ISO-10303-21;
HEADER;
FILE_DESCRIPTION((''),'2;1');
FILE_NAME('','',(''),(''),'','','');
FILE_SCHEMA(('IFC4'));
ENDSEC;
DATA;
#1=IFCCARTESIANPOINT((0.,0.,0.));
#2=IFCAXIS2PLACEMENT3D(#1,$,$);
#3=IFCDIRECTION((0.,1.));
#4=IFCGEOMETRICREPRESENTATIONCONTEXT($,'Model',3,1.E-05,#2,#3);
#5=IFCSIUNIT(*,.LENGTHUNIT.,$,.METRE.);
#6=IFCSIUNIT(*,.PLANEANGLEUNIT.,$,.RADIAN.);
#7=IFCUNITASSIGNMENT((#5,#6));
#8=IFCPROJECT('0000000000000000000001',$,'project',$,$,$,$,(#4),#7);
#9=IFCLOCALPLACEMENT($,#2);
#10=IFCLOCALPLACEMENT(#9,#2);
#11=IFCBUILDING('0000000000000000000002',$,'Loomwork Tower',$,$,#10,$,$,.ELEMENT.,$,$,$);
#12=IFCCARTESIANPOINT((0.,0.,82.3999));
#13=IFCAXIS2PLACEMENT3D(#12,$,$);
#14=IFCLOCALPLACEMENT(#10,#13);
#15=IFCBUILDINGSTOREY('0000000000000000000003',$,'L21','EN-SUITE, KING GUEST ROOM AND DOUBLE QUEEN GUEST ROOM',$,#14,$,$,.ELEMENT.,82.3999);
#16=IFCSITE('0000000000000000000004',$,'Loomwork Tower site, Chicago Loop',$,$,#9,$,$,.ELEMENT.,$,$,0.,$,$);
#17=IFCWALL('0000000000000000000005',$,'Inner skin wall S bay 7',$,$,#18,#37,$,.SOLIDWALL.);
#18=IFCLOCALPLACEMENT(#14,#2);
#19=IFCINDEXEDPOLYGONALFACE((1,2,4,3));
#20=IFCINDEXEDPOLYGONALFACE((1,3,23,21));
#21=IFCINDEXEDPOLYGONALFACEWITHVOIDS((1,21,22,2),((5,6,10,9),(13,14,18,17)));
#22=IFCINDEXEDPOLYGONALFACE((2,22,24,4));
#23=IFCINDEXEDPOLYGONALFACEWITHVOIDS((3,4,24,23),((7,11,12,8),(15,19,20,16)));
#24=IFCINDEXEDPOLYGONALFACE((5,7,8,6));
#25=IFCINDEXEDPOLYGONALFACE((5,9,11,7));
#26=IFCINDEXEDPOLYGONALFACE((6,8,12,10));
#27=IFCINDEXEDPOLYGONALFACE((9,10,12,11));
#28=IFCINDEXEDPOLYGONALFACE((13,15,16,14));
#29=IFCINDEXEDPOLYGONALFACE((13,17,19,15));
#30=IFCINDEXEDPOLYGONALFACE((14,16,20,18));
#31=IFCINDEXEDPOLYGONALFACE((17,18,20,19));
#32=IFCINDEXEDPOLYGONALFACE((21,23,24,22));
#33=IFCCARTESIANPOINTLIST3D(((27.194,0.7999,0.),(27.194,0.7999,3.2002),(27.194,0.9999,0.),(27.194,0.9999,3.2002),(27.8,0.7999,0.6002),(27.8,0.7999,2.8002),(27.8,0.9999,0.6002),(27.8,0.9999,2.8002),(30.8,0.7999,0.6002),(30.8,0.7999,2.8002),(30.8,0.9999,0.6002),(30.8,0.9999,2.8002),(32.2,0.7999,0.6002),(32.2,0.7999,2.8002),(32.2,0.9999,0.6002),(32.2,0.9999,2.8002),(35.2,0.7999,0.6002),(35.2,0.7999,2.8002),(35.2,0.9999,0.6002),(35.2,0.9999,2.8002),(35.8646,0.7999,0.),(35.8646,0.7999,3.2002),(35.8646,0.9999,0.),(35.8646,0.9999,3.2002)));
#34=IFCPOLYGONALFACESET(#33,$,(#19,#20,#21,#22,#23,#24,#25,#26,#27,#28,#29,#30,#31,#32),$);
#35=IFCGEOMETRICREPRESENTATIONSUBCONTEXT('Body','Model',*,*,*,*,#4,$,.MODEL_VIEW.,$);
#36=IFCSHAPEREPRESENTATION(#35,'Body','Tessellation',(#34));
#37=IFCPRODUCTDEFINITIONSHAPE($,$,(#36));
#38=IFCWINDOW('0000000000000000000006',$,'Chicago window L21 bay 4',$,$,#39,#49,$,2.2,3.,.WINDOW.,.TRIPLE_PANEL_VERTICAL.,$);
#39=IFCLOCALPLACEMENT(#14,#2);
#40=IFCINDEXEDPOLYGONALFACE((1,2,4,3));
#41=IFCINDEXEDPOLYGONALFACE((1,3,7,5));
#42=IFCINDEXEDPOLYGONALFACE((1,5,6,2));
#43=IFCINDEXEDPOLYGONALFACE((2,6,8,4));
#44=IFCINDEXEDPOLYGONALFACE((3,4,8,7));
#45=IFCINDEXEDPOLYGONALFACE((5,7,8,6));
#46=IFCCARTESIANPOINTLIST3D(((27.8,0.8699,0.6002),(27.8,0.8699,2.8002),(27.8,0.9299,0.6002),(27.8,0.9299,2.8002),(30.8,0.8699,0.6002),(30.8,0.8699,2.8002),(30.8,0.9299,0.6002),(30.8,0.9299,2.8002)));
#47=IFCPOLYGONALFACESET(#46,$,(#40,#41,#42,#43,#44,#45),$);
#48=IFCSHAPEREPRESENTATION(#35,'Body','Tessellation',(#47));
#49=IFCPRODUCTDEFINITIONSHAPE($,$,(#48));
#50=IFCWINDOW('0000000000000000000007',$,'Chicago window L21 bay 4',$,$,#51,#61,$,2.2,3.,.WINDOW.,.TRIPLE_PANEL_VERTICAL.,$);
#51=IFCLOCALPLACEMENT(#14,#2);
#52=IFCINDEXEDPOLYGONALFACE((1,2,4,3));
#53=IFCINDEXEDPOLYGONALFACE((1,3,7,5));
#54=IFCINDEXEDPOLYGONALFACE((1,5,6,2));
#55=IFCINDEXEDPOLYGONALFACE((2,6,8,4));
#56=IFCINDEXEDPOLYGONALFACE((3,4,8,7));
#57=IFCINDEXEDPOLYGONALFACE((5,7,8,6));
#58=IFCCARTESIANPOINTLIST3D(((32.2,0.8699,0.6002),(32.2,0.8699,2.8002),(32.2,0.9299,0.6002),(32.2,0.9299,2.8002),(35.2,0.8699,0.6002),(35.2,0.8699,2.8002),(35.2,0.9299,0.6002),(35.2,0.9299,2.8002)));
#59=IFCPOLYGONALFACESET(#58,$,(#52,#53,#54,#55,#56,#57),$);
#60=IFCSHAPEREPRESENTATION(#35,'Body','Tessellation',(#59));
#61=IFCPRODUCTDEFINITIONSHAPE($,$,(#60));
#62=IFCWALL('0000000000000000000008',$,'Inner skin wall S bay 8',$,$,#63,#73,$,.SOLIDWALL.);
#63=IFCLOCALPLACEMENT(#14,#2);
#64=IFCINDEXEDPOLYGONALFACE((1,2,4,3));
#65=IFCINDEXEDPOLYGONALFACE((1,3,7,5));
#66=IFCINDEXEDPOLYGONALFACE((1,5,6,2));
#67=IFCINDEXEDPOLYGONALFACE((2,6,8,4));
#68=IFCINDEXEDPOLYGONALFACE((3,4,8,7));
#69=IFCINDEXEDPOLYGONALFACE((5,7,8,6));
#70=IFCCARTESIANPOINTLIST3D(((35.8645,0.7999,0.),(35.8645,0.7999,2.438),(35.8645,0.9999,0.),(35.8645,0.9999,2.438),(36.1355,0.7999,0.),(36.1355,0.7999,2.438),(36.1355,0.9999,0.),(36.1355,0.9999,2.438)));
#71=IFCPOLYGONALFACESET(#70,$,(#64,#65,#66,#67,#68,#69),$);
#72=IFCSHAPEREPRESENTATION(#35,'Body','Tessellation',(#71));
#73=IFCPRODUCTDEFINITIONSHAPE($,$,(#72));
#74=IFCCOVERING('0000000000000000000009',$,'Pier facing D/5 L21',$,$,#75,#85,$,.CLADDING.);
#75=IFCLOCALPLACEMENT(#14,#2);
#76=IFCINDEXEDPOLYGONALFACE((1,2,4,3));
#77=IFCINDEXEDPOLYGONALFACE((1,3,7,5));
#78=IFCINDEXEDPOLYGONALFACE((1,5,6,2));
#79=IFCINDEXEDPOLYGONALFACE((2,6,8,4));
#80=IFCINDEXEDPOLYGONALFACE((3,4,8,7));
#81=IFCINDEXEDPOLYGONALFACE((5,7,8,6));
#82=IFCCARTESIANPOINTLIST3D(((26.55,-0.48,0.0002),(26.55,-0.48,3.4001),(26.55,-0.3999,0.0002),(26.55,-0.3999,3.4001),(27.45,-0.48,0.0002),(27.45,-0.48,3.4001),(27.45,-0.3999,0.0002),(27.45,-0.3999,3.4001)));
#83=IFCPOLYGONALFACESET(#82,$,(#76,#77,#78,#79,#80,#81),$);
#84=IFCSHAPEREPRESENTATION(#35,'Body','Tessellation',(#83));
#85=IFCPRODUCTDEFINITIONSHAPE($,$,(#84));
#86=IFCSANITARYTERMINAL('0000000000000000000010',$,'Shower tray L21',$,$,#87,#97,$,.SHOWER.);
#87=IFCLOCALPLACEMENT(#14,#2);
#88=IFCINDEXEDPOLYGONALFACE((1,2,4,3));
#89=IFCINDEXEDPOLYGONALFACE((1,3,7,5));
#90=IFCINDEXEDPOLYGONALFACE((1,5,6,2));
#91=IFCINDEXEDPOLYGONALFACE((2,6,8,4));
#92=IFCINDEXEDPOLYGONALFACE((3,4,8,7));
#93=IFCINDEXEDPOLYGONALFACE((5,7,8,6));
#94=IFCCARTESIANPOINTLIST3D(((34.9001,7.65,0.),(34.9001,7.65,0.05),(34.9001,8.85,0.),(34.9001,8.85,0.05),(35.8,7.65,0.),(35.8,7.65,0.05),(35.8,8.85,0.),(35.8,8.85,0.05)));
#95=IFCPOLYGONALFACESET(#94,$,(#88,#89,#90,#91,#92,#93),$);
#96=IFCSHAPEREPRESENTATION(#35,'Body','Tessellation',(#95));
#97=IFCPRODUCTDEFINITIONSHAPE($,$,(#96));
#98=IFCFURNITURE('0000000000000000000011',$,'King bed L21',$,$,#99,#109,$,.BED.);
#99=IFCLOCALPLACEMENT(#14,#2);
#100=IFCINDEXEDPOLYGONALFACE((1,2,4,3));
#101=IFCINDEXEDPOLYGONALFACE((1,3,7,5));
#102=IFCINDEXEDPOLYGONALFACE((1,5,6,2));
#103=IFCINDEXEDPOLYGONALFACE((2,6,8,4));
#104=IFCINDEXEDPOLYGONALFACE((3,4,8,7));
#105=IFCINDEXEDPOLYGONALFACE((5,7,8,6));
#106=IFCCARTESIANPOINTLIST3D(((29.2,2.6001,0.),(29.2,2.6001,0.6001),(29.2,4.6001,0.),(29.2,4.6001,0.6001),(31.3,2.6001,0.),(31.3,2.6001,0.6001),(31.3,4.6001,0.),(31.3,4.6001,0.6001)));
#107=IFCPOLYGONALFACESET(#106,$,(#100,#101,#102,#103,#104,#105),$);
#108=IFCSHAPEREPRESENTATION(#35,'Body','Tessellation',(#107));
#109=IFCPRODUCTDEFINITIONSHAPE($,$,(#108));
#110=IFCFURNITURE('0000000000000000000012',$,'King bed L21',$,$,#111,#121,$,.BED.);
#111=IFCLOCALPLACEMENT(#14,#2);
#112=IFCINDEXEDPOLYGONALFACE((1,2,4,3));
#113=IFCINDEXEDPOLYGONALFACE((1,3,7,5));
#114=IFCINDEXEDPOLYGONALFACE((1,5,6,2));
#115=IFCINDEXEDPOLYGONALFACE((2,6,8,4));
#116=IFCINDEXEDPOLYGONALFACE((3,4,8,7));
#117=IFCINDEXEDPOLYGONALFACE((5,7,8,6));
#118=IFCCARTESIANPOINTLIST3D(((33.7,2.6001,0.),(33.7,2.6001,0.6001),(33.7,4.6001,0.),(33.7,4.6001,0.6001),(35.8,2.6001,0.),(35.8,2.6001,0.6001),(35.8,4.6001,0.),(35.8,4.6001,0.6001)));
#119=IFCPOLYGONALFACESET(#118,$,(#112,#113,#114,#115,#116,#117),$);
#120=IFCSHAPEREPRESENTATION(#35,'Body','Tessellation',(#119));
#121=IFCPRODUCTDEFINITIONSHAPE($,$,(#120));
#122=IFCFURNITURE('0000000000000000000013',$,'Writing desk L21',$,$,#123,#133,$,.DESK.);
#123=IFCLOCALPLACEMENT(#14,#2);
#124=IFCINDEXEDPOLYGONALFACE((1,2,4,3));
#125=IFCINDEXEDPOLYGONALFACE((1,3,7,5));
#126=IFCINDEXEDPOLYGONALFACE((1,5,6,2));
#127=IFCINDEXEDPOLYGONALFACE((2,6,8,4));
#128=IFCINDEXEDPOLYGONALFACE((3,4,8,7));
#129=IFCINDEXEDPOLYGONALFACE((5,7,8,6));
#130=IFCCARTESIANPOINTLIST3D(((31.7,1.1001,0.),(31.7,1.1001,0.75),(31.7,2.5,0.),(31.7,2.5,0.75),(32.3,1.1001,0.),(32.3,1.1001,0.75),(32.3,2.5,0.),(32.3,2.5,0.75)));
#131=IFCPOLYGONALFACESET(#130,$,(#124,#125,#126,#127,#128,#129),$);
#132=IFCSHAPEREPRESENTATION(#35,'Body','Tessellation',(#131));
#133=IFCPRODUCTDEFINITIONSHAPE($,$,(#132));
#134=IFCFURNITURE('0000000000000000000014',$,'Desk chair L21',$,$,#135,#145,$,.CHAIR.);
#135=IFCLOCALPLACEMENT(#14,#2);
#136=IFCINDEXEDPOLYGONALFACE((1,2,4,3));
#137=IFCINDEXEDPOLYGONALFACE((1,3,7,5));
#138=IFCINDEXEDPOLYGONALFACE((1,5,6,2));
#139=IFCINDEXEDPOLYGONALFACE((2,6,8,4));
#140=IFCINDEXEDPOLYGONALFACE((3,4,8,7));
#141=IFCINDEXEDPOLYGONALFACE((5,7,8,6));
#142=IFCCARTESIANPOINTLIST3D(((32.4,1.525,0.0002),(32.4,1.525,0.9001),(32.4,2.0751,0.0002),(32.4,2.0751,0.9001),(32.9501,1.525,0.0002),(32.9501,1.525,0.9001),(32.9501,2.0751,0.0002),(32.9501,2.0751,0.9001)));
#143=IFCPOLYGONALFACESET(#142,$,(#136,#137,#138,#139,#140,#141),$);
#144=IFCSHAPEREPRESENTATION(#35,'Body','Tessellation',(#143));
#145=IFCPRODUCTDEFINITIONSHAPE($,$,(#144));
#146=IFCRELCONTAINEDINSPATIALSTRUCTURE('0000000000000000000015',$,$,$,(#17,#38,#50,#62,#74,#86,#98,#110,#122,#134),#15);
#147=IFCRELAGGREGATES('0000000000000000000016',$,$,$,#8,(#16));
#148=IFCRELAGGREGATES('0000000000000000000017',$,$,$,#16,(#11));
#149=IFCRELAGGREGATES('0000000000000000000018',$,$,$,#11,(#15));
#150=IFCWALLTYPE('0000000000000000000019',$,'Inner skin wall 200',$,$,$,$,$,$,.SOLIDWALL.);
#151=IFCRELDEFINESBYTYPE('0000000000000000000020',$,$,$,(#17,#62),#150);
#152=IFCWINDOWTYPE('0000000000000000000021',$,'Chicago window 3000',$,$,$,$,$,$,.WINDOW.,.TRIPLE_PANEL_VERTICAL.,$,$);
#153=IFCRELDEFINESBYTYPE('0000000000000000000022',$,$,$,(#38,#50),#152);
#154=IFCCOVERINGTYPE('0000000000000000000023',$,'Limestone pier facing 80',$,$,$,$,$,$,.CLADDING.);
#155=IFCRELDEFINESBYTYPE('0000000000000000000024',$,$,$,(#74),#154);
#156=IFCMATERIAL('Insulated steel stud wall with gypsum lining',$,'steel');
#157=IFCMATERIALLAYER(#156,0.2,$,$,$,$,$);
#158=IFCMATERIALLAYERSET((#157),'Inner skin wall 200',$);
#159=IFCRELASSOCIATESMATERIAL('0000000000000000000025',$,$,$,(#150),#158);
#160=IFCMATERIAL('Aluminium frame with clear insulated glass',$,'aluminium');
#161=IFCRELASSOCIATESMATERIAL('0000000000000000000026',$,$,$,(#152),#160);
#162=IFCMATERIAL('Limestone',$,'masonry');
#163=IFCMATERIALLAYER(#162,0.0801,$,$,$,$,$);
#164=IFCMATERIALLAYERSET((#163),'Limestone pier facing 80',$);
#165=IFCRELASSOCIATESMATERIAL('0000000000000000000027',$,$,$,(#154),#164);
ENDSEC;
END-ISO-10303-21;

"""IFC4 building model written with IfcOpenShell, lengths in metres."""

from ifc_helpers import new_model, si_unit, direction, frame, frame_2d, origin, origin_2d, place, context, subcontext, project, spatial, rectangle, extrude, material, layer, layer_set, type_object, element, fill, save


model = new_model("IFC4")

# Units and contexts
model_context = context("Model", 3, precision=1e-05, world=origin(), true_north=direction((0.0, 1.0)))
body_context = subcontext(model_context, "Body", "Model", "MODEL_VIEW")
ifc_project = project(units=[si_unit("LENGTHUNIT", "METRE"), si_unit("PLANEANGLEUNIT", "RADIAN")], contexts=[model_context])

# Site, building, storey
site_placement = place(None, origin())
site = spatial("IfcSite", under=ifc_project, at=site_placement, Name="Loomwork Tower site, Chicago Loop", CompositionType="ELEMENT", RefElevation=0.0)
building_placement = place(site_placement, origin())
building = spatial("IfcBuilding", under=site, at=building_placement, Name="Loomwork Tower", CompositionType="ELEMENT")
storey_placement = place(building_placement, frame((0.0, 0.0, 82.3999)))
storey = spatial("IfcBuildingStorey", under=building, at=storey_placement, Name="L21", Description="EN-SUITE, KING GUEST ROOM AND DOUBLE QUEEN GUEST ROOM", CompositionType="ELEMENT", Elevation=82.3999)

# Wall, openings, windows
ifc_material_1 = material(Name="Insulated steel stud wall with gypsum lining", Category="steel")
ifc_layer_1 = layer(ifc_material_1, 0.2)
ifc_layer_set_1 = layer_set([ifc_layer_1], Name="Inner skin wall 200")
wall_type_1 = type_object("IfcWallType", Name="Inner skin wall 200", PredefinedType="SOLIDWALL", material=ifc_layer_set_1)
wall_1_placement = place(storey_placement, frame((27.1938, 0.8999, 0.0), z_axis=(0.0, 0.0, 1.0), x_axis=(1.0, 0.0, 0.0)))
wall_1 = element("IfcWall", 1, at=wall_1_placement, inside=storey, type_object=wall_type_1, Name="Inner skin wall S bay 7", PredefinedType="SOLIDWALL", context=body_context, shape_type="SweptSolid", body=[
    extrude(rectangle(XDim=8.6707, YDim=0.2, at=frame_2d((4.3354, 0.0))), origin(), (0.0, 0.0, 1.0), 3.2002),
])
opening_1_placement = place(wall_1_placement, frame((0.6062, 0.0, 0.6001)))
opening_1 = element("IfcOpeningElement", 2, at=opening_1_placement, cuts=wall_1, PredefinedType="OPENING", context=body_context, shape_type="SweptSolid", body=[
    extrude(rectangle(XDim=3.0, YDim=2.2, at=frame_2d((1.5, 1.1001))), frame((0.0, 0.1099, 0.0), z_axis=(0.0, -1.0, 0.0), x_axis=(1.0, 0.0, 0.0)), (0.0, 0.0, 1.0), 0.22),
])
opening_2_placement = place(wall_1_placement, frame((5.0061, 0.0, 0.6001)))
opening_2 = element("IfcOpeningElement", 3, at=opening_2_placement, cuts=wall_1, PredefinedType="OPENING", context=body_context, shape_type="SweptSolid", body=[
    extrude(rectangle(XDim=3.0, YDim=2.2, at=frame_2d((1.5, 1.1001))), frame((0.0, 0.1099, 0.0), z_axis=(0.0, -1.0, 0.0), x_axis=(1.0, 0.0, 0.0)), (0.0, 0.0, 1.0), 0.22),
])
ifc_material_2 = material(Name="Aluminium frame with clear insulated glass", Category="aluminium")
window_type = type_object("IfcWindowType", Name="Chicago window 3000", PartitioningType="TRIPLE_PANEL_VERTICAL", PredefinedType="WINDOW", material=ifc_material_2)
window_1_placement = place(opening_1_placement, origin())
window_1 = element("IfcWindow", 4, at=window_1_placement, inside=storey, type_object=window_type, Name="Chicago window L21 bay 4", OverallHeight=2.2, OverallWidth=3.0, PartitioningType="TRIPLE_PANEL_VERTICAL", PredefinedType="WINDOW", context=body_context, shape_type="SweptSolid", body=[
    extrude(rectangle(XDim=3.0, YDim=2.2, at=frame_2d((1.5, 1.1001))), frame((0.0, 0.03, 0.0), z_axis=(0.0, -1.0, 0.0), x_axis=(1.0, 0.0, 0.0)), (0.0, 0.0, 1.0), 0.0601),
])
fill(opening_1, window_1)
window_2_placement = place(opening_2_placement, origin())
window_2 = element("IfcWindow", 5, at=window_2_placement, inside=storey, type_object=window_type, Name="Chicago window L21 bay 4", OverallHeight=2.2, OverallWidth=3.0, PartitioningType="TRIPLE_PANEL_VERTICAL", PredefinedType="WINDOW", context=body_context, shape_type="SweptSolid", body=[
    extrude(rectangle(XDim=3.0, YDim=2.2, at=frame_2d((1.5, 1.1001))), frame((0.0, 0.03, 0.0), z_axis=(0.0, -1.0, 0.0), x_axis=(1.0, 0.0, 0.0)), (0.0, 0.0, 1.0), 0.0601),
])
fill(opening_2, window_2)

# Wall
wall_2_placement = place(storey_placement, frame((35.8645, 0.8999, 0.0), z_axis=(0.0, 0.0, 1.0), x_axis=(1.0, 0.0, 0.0)))
element("IfcWall", 6, at=wall_2_placement, inside=storey, type_object=wall_type_1, Name="Inner skin wall S bay 8", PredefinedType="SOLIDWALL", context=body_context, shape_type="SweptSolid", body=[
    extrude(rectangle(XDim=0.271, YDim=0.2, at=frame_2d((0.1355, 0.0))), origin(), (0.0, 0.0, 1.0), 2.438),
])

# Covering
ifc_material_3 = material(Name="Limestone", Category="masonry")
ifc_layer_2 = layer(ifc_material_3, 0.0801)
ifc_layer_set_2 = layer_set([ifc_layer_2], Name="Limestone pier facing 80")
covering_type = type_object("IfcCoveringType", Name="Limestone pier facing 80", PredefinedType="CLADDING", material=ifc_layer_set_2)
covering_placement = place(storey_placement, frame((27.0, -0.4399, 0.0002), z_axis=(0.0, 0.0, 1.0), x_axis=(1.0, 0.0, 0.0)))
element("IfcCovering", 7, at=covering_placement, inside=storey, type_object=covering_type, Name="Pier facing D/5 L21", PredefinedType="CLADDING", context=body_context, shape_type="SweptSolid", body=[
    extrude(rectangle(XDim=0.8999, YDim=0.0801, at=origin_2d()), origin(), (0.0, 0.0, 1.0), 3.3999),
])

# Sanitary terminal
sanitary_terminal_placement = place(storey_placement, frame((35.3501, 8.25, 0.0), z_axis=(0.0, 0.0, 1.0), x_axis=(1.0, 0.0, 0.0)))
element("IfcSanitaryTerminal", 8, at=sanitary_terminal_placement, inside=storey, Name="Shower tray L21", PredefinedType="SHOWER", context=body_context, shape_type="SweptSolid", body=[
    extrude(rectangle(XDim=0.8999, YDim=1.2, at=origin_2d()), origin(), (0.0, 0.0, 1.0), 0.05),
])

# Furniture
for number, where, z_axis, x_axis, name in (
    (9, (30.25, 3.6001, 0.0), (0.0, 0.0, 1.0), (1.0, 0.0, 0.0), "King bed L21"),
    (10, (34.75, 3.6001, 0.0), (0.0, 0.0, 1.0), (1.0, 0.0, 0.0), "King bed L21"),
):
    element("IfcFurniture", number, at=place(storey_placement, frame(where, z_axis=z_axis, x_axis=x_axis)), inside=storey, Name=name, PredefinedType="BED", context=body_context, shape_type="SweptSolid", body=[
        extrude(rectangle(XDim=2.1001, YDim=2.0, at=origin_2d()), origin(), (0.0, 0.0, 1.0), 0.6001),
    ])
furniture_1_placement = place(storey_placement, frame((32.0, 1.8, 0.0), z_axis=(0.0, 0.0, 1.0), x_axis=(1.0, 0.0, 0.0)))
element("IfcFurniture", 11, at=furniture_1_placement, inside=storey, Name="Writing desk L21", PredefinedType="DESK", context=body_context, shape_type="SweptSolid", body=[
    extrude(rectangle(XDim=0.6001, YDim=1.3999, at=origin_2d()), origin(), (0.0, 0.0, 1.0), 0.75),
])
furniture_2_placement = place(storey_placement, frame((32.675, 1.8, 0.0002), z_axis=(0.0, 0.0, 1.0), x_axis=(1.0, 0.0, 0.0)))
element("IfcFurniture", 12, at=furniture_2_placement, inside=storey, Name="Desk chair L21", PredefinedType="CHAIR", context=body_context, shape_type="SweptSolid", body=[
    extrude(rectangle(XDim=0.55, YDim=0.55, at=origin_2d()), origin(), (0.0, 0.0, 1.0), 0.8999),
])

save(model, "model.ifc")
